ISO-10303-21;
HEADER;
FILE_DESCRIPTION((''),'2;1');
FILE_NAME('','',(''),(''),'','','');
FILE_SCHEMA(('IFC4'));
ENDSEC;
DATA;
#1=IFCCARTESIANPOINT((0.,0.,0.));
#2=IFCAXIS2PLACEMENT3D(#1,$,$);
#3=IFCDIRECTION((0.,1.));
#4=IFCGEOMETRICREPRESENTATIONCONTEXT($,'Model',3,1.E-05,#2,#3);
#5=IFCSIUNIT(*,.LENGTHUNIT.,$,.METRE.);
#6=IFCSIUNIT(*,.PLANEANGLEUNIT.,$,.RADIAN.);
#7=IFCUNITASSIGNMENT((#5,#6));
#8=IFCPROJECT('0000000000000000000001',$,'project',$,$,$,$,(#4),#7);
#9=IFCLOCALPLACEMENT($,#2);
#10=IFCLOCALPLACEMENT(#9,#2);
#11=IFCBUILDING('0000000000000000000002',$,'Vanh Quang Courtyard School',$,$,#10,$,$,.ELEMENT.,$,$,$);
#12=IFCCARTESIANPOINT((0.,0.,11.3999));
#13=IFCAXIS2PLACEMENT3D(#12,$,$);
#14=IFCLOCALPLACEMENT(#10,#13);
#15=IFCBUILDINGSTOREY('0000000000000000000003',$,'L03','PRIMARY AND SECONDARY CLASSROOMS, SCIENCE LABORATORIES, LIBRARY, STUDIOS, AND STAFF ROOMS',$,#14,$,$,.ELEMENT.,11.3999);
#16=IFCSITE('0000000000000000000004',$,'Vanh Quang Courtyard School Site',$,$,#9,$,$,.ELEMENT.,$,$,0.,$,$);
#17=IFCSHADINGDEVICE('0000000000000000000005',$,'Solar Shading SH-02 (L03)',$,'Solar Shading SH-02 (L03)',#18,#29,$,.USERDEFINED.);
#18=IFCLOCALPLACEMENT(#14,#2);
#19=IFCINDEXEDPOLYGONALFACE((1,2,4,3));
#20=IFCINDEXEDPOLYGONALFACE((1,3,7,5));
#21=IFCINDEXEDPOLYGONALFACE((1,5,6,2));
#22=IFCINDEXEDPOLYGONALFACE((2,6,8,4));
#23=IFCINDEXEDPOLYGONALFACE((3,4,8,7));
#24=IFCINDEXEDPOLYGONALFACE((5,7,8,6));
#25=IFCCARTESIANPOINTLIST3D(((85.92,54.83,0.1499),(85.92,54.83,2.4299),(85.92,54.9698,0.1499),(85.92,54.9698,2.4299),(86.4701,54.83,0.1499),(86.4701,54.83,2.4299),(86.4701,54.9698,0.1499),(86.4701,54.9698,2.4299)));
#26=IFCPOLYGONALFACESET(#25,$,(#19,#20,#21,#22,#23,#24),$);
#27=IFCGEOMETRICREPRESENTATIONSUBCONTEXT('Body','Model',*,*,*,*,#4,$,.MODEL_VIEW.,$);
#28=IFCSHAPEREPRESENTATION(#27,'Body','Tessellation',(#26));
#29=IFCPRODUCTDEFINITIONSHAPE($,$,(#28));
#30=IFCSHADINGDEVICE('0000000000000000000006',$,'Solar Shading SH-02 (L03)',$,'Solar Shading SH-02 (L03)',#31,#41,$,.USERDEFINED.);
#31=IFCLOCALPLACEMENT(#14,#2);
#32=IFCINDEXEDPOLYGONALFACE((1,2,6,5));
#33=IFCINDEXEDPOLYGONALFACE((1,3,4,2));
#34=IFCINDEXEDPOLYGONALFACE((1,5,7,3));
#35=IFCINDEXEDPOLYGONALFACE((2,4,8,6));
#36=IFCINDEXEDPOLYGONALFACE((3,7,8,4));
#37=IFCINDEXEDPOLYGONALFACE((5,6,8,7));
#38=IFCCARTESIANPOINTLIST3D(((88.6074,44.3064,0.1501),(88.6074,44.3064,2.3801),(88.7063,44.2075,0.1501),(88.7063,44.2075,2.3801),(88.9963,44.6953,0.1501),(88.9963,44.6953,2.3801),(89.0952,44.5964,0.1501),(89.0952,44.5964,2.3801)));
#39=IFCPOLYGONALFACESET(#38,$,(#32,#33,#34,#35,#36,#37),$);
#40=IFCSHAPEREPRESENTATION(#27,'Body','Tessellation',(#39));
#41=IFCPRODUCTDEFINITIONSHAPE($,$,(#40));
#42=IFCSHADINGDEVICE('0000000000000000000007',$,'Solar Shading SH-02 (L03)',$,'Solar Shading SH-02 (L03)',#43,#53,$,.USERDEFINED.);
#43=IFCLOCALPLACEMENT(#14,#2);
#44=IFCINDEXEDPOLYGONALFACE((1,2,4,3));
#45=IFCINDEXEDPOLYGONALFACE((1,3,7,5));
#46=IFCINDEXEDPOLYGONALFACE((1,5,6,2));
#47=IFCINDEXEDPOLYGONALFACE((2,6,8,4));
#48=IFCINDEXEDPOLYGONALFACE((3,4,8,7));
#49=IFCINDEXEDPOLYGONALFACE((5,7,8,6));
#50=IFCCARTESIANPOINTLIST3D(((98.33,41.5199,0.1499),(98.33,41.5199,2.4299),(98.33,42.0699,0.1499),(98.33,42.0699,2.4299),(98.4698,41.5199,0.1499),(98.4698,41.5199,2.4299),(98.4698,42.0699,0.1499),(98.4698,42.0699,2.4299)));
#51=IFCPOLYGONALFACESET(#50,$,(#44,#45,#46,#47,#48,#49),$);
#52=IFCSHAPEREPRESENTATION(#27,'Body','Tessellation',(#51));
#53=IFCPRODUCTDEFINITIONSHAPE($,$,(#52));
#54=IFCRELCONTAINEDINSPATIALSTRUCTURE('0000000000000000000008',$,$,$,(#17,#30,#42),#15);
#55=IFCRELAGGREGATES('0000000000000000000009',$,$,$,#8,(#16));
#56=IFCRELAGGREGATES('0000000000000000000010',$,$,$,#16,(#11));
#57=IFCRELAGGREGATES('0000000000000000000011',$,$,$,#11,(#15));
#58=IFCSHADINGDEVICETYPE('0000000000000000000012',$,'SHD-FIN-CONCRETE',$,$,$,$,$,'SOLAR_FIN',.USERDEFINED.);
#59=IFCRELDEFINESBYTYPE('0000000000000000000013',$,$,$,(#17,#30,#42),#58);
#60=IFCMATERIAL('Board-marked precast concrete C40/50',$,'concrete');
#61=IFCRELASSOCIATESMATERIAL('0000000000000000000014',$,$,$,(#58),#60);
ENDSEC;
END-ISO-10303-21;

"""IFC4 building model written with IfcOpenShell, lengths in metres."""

from ifc_helpers import new_model, si_unit, direction, frame, origin, origin_2d, place, context, subcontext, project, spatial, rectangle, extrude, material, type_object, element, save


model = new_model("IFC4")

# Units and contexts
model_context = context("Model", 3, precision=1e-05, world=origin(), true_north=direction((0.0, 1.0)))
body_context = subcontext(model_context, "Body", "Model", "MODEL_VIEW")
ifc_project = project(units=[si_unit("LENGTHUNIT", "METRE"), si_unit("PLANEANGLEUNIT", "RADIAN")], contexts=[model_context])

# Site, building, storey
site_placement = place(None, origin())
site = spatial("IfcSite", under=ifc_project, at=site_placement, Name="Vanh Quang Courtyard School Site", CompositionType="ELEMENT", RefElevation=0.0)
building_placement = place(site_placement, origin())
building = spatial("IfcBuilding", under=site, at=building_placement, Name="Vanh Quang Courtyard School", CompositionType="ELEMENT")
storey_placement = place(building_placement, frame((0.0, 0.0, 11.3999)))
storey = spatial("IfcBuildingStorey", under=building, at=storey_placement, Name="L03", Description="PRIMARY AND SECONDARY CLASSROOMS, SCIENCE LABORATORIES, LIBRARY, STUDIOS, AND STAFF ROOMS", CompositionType="ELEMENT", Elevation=11.3999)

# Shading devices
ifc_material_1 = material(Name="Board-marked precast concrete C40/50", Category="concrete")
shading_device_type = type_object("IfcShadingDeviceType", Name="SHD-FIN-CONCRETE", ElementType="SOLAR_FIN", PredefinedType="USERDEFINED", material=ifc_material_1)
shading_device_1_placement = place(storey_placement, frame((86.1951, 54.8999, 0.1499), z_axis=(0.0, 0.0, 1.0), x_axis=(0.0, -1.0, 0.0)))
element("IfcShadingDevice", 1, at=shading_device_1_placement, inside=storey, type_object=shading_device_type, Name="Solar Shading SH-02 (L03)", ObjectType="Solar Shading SH-02 (L03)", PredefinedType="USERDEFINED", context=body_context, shape_type="SweptSolid", body=[
    extrude(rectangle(XDim=0.1399, YDim=0.55, at=origin_2d()), origin(), (0.0, 0.0, 1.0), 2.28),
])
shading_device_2_placement = place(storey_placement, frame((88.8513, 44.4514, 0.1501), z_axis=(0.0, 0.0, 1.0), x_axis=(0.707107, -0.707107, 0.0)))
element("IfcShadingDevice", 2, at=shading_device_2_placement, inside=storey, type_object=shading_device_type, Name="Solar Shading SH-02 (L03)", ObjectType="Solar Shading SH-02 (L03)", PredefinedType="USERDEFINED", context=body_context, shape_type="SweptSolid", body=[
    extrude(rectangle(XDim=0.1399, YDim=0.55, at=origin_2d()), origin(), (0.0, 0.0, 1.0), 2.23),
])
shading_device_3_placement = place(storey_placement, frame((98.3999, 41.7949, 0.1499), z_axis=(0.0, 0.0, 1.0), x_axis=(1.0, 0.0, 0.0)))
element("IfcShadingDevice", 3, at=shading_device_3_placement, inside=storey, type_object=shading_device_type, Name="Solar Shading SH-02 (L03)", ObjectType="Solar Shading SH-02 (L03)", PredefinedType="USERDEFINED", context=body_context, shape_type="SweptSolid", body=[
    extrude(rectangle(XDim=0.1399, YDim=0.55, at=origin_2d()), origin(), (0.0, 0.0, 1.0), 2.28),
])

save(model, "model.ifc")
